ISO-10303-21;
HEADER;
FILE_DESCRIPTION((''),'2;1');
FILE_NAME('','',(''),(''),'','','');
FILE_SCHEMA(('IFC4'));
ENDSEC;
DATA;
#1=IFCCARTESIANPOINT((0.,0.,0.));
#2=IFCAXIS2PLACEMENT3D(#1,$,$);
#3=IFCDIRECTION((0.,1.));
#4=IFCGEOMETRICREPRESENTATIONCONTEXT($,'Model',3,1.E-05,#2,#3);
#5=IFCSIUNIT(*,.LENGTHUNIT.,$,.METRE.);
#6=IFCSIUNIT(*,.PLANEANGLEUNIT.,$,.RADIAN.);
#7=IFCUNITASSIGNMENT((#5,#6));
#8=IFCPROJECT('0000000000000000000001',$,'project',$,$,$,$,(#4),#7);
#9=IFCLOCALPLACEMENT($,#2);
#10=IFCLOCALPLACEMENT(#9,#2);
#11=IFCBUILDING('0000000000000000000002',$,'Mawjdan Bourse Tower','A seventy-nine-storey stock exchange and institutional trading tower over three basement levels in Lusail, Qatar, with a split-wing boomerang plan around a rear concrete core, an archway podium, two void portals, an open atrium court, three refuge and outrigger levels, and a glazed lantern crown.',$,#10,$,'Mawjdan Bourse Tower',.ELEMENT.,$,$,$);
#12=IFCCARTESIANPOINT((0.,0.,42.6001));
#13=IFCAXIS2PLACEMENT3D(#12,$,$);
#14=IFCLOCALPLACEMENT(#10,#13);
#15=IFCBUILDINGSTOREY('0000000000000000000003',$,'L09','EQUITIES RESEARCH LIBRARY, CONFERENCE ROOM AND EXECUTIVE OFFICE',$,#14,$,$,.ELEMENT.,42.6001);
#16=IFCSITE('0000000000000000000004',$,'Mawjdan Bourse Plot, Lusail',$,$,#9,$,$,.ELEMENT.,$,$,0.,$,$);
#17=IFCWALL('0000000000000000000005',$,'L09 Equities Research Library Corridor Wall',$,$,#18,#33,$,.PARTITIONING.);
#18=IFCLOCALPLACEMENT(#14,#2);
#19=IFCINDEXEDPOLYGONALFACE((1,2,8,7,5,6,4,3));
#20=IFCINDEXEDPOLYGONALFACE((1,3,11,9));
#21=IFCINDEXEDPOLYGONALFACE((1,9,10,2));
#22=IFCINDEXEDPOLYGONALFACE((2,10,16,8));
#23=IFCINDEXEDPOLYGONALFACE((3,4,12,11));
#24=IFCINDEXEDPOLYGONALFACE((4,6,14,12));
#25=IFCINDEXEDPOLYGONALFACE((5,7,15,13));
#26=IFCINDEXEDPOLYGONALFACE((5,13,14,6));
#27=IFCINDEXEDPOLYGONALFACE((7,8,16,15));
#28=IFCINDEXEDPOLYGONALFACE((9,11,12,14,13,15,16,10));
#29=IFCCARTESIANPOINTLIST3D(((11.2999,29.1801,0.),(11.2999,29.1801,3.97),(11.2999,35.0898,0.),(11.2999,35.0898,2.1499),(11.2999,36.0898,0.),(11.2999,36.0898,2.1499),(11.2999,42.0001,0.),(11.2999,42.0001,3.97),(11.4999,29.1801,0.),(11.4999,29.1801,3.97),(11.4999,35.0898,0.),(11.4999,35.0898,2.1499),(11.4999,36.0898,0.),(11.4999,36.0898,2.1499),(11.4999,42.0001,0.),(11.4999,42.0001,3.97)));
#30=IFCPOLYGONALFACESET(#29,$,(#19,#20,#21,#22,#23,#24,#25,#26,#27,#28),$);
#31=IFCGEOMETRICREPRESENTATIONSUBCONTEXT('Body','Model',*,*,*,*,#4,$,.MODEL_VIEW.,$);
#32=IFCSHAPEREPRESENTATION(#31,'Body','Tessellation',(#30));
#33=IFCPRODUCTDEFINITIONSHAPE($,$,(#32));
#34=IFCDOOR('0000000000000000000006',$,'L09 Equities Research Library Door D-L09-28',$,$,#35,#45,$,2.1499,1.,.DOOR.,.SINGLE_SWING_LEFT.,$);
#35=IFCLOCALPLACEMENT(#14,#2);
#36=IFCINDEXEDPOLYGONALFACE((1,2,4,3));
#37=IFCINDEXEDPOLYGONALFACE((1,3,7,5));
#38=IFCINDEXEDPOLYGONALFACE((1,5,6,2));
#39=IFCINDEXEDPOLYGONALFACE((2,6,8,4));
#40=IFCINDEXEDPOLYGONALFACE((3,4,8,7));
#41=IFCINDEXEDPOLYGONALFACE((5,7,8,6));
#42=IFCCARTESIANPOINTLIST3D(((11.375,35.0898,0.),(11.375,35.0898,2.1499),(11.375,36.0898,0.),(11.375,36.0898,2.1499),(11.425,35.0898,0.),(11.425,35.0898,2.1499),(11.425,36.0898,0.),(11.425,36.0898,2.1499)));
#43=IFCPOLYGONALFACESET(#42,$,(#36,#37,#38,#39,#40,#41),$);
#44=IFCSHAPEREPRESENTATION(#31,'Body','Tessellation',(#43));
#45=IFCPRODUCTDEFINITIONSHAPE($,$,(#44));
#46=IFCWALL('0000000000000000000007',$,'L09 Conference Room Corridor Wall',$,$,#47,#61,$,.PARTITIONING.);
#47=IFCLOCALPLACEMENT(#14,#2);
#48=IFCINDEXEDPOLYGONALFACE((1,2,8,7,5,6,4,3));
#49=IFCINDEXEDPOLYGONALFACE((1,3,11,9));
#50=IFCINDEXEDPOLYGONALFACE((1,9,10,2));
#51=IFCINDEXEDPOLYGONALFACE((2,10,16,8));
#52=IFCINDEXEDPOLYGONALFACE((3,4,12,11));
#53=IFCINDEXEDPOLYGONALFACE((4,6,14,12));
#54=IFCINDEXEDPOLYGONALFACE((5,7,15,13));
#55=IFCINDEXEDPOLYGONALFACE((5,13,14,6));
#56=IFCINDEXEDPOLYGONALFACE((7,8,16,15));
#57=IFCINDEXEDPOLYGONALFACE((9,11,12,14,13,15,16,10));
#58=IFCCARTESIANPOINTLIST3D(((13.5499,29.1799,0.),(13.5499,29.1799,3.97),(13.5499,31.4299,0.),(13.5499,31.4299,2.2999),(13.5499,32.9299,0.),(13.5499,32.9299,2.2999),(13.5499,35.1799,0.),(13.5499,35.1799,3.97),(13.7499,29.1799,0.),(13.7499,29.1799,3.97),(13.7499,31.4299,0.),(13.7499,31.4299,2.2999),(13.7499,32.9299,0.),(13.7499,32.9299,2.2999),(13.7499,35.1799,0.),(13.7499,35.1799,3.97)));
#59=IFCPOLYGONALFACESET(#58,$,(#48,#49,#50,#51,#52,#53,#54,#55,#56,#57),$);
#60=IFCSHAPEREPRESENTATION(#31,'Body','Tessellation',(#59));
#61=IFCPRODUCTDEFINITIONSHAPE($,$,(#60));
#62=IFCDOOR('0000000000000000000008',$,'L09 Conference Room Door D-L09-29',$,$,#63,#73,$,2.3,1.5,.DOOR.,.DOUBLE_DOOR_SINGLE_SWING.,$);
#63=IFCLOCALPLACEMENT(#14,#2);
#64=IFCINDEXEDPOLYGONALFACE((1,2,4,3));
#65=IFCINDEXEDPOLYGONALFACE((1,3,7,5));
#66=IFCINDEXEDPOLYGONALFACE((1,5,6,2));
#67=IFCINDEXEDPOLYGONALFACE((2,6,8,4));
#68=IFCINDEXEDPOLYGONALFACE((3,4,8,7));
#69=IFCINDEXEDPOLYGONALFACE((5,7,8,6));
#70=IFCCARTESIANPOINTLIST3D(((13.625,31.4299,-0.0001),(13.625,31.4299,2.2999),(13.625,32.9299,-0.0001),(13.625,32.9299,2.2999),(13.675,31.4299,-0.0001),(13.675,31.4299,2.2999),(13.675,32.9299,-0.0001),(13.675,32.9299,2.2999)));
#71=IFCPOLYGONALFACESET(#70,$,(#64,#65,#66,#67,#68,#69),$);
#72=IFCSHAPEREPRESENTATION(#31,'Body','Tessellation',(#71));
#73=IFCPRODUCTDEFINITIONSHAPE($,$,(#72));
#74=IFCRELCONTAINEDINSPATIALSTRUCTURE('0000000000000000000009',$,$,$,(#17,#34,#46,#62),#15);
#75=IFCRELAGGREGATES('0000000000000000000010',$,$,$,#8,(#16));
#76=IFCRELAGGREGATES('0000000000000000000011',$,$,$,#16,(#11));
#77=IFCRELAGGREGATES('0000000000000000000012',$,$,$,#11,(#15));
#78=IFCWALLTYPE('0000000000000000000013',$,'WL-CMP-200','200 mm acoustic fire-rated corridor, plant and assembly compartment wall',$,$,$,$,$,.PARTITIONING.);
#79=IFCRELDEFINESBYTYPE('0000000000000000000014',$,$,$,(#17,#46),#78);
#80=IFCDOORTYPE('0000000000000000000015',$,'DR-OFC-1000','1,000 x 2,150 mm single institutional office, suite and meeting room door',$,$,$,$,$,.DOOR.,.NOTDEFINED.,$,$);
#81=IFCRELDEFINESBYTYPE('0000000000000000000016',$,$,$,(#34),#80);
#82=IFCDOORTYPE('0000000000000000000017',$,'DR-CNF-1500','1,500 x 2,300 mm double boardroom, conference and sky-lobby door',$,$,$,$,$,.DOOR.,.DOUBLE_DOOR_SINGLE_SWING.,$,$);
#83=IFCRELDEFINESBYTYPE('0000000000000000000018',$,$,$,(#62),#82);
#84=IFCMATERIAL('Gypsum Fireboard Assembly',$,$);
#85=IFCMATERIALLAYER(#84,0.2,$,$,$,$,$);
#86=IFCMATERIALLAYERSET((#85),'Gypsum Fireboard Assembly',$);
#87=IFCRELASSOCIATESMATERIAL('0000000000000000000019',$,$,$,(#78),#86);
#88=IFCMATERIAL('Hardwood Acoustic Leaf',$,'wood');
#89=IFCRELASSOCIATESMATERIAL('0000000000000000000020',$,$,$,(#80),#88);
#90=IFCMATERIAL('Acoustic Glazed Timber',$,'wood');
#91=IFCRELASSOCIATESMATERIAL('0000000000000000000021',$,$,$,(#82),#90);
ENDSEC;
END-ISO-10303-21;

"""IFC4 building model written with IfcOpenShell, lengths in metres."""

from ifc_helpers import new_model, si_unit, direction, frame, frame_2d, origin, place, context, subcontext, project, spatial, rectangle, extrude, material, layer, layer_set, type_object, element, fill, save


model = new_model("IFC4")

# Units and contexts
model_context = context("Model", 3, precision=1e-05, world=origin(), true_north=direction((0.0, 1.0)))
body_context = subcontext(model_context, "Body", "Model", "MODEL_VIEW")
ifc_project = project(units=[si_unit("LENGTHUNIT", "METRE"), si_unit("PLANEANGLEUNIT", "RADIAN")], contexts=[model_context])

# Site, building, storey
site_placement = place(None, origin())
site = spatial("IfcSite", under=ifc_project, at=site_placement, Name="Mawjdan Bourse Plot, Lusail", CompositionType="ELEMENT", RefElevation=0.0)
building_placement = place(site_placement, origin())
building = spatial("IfcBuilding", under=site, at=building_placement, Name="Mawjdan Bourse Tower", Description="A seventy-nine-storey stock exchange and institutional trading tower over three basement levels in Lusail, Qatar, with a split-wing boomerang plan around a rear concrete core, an archway podium, two void portals, an open atrium court, three refuge and outrigger levels, and a glazed lantern crown.", LongName="Mawjdan Bourse Tower", CompositionType="ELEMENT")
storey_placement = place(building_placement, frame((0.0, 0.0, 42.6001)))
storey = spatial("IfcBuildingStorey", under=building, at=storey_placement, Name="L09", Description="EQUITIES RESEARCH LIBRARY, CONFERENCE ROOM AND EXECUTIVE OFFICE", CompositionType="ELEMENT", Elevation=42.6001)

# Shared definitions
ifc_material_1 = material(Name="Gypsum Fireboard Assembly")
ifc_layer = layer(ifc_material_1, 0.2)
ifc_layer_set = layer_set([ifc_layer], Name="Gypsum Fireboard Assembly")
wall_type = type_object("IfcWallType", Name="WL-CMP-200", Description="200 mm acoustic fire-rated corridor, plant and assembly compartment wall", PredefinedType="PARTITIONING", material=ifc_layer_set)
ifc_material_2 = material(Name="Hardwood Acoustic Leaf", Category="wood")
door_type_1 = type_object("IfcDoorType", Name="DR-OFC-1000", Description="1,000 x 2,150 mm single institutional office, suite and meeting room door", OperationType="NOTDEFINED", PredefinedType="DOOR", material=ifc_material_2)

# Walls, openings, doors
wall_1_placement = place(storey_placement, frame((11.3999, 29.1799, 0.0), z_axis=(0.0, 0.0, 1.0), x_axis=(0.0, 1.0, 0.0)))
wall_1 = element("IfcWall", 1, at=wall_1_placement, inside=storey, type_object=wall_type, Name="L09 Equities Research Library Corridor Wall", PredefinedType="PARTITIONING", context=body_context, shape_type="SweptSolid", body=[
    extrude(rectangle(XDim=12.8201, YDim=0.2, at=frame_2d((6.4102, 0.0))), origin(), (0.0, 0.0, 1.0), 3.97),
])
opening_1_placement = place(wall_1_placement, frame((5.9099, 0.0, 0.0)))
opening_1 = element("IfcOpeningElement", 2, at=opening_1_placement, cuts=wall_1, PredefinedType="OPENING", context=body_context, shape_type="SweptSolid", body=[
    extrude(rectangle(XDim=1.0, YDim=2.1499, at=frame_2d((0.5, 1.075))), frame((0.0, 0.1099, 0.0), z_axis=(0.0, -1.0, 0.0), x_axis=(1.0, 0.0, 0.0)), (0.0, 0.0, 1.0), 0.22),
])
door_1_placement = place(opening_1_placement, origin())
door_1 = element("IfcDoor", 3, at=door_1_placement, inside=storey, type_object=door_type_1, Name="L09 Equities Research Library Door D-L09-28", OperationType="SINGLE_SWING_LEFT", OverallHeight=2.1499, OverallWidth=1.0, PredefinedType="DOOR", context=body_context, shape_type="SweptSolid", body=[
    extrude(rectangle(XDim=1.0, YDim=2.1499, at=frame_2d((0.5, 1.075))), frame((0.0, 0.0249, 0.0), z_axis=(0.0, -1.0, 0.0), x_axis=(1.0, 0.0, 0.0)), (0.0, 0.0, 1.0), 0.05),
])
fill(opening_1, door_1)
wall_2_placement = place(storey_placement, frame((13.6499, 29.1799, 0.0), z_axis=(0.0, 0.0, 1.0), x_axis=(0.0, 1.0, 0.0)))
wall_2 = element("IfcWall", 4, at=wall_2_placement, inside=storey, type_object=wall_type, Name="L09 Conference Room Corridor Wall", PredefinedType="PARTITIONING", context=body_context, shape_type="SweptSolid", body=[
    extrude(rectangle(XDim=6.0, YDim=0.2, at=frame_2d((3.0, 0.0))), origin(), (0.0, 0.0, 1.0), 3.97),
])
opening_2_placement = place(wall_2_placement, frame((2.25, 0.0, 0.0)))
opening_2 = element("IfcOpeningElement", 5, at=opening_2_placement, cuts=wall_2, PredefinedType="OPENING", context=body_context, shape_type="SweptSolid", body=[
    extrude(rectangle(XDim=1.5, YDim=2.3, at=frame_2d((0.75, 1.1499))), frame((0.0, 0.1099, 0.0), z_axis=(0.0, -1.0, 0.0), x_axis=(1.0, 0.0, 0.0)), (0.0, 0.0, 1.0), 0.22),
])
ifc_material_3 = material(Name="Acoustic Glazed Timber", Category="wood")
door_type_2 = type_object("IfcDoorType", Name="DR-CNF-1500", Description="1,500 x 2,300 mm double boardroom, conference and sky-lobby door", OperationType="DOUBLE_DOOR_SINGLE_SWING", PredefinedType="DOOR", material=ifc_material_3)
door_2_placement = place(opening_2_placement, origin())
door_2 = element("IfcDoor", 6, at=door_2_placement, inside=storey, type_object=door_type_2, Name="L09 Conference Room Door D-L09-29", OperationType="DOUBLE_DOOR_SINGLE_SWING", OverallHeight=2.3, OverallWidth=1.5, PredefinedType="DOOR", context=body_context, shape_type="SweptSolid", body=[
    extrude(rectangle(XDim=1.5, YDim=2.3, at=frame_2d((0.75, 1.1499))), frame((0.0, 0.0249, 0.0), z_axis=(0.0, -1.0, 0.0), x_axis=(1.0, 0.0, 0.0)), (0.0, 0.0, 1.0), 0.05),
])
fill(opening_2, door_2)

save(model, "model.ifc")
